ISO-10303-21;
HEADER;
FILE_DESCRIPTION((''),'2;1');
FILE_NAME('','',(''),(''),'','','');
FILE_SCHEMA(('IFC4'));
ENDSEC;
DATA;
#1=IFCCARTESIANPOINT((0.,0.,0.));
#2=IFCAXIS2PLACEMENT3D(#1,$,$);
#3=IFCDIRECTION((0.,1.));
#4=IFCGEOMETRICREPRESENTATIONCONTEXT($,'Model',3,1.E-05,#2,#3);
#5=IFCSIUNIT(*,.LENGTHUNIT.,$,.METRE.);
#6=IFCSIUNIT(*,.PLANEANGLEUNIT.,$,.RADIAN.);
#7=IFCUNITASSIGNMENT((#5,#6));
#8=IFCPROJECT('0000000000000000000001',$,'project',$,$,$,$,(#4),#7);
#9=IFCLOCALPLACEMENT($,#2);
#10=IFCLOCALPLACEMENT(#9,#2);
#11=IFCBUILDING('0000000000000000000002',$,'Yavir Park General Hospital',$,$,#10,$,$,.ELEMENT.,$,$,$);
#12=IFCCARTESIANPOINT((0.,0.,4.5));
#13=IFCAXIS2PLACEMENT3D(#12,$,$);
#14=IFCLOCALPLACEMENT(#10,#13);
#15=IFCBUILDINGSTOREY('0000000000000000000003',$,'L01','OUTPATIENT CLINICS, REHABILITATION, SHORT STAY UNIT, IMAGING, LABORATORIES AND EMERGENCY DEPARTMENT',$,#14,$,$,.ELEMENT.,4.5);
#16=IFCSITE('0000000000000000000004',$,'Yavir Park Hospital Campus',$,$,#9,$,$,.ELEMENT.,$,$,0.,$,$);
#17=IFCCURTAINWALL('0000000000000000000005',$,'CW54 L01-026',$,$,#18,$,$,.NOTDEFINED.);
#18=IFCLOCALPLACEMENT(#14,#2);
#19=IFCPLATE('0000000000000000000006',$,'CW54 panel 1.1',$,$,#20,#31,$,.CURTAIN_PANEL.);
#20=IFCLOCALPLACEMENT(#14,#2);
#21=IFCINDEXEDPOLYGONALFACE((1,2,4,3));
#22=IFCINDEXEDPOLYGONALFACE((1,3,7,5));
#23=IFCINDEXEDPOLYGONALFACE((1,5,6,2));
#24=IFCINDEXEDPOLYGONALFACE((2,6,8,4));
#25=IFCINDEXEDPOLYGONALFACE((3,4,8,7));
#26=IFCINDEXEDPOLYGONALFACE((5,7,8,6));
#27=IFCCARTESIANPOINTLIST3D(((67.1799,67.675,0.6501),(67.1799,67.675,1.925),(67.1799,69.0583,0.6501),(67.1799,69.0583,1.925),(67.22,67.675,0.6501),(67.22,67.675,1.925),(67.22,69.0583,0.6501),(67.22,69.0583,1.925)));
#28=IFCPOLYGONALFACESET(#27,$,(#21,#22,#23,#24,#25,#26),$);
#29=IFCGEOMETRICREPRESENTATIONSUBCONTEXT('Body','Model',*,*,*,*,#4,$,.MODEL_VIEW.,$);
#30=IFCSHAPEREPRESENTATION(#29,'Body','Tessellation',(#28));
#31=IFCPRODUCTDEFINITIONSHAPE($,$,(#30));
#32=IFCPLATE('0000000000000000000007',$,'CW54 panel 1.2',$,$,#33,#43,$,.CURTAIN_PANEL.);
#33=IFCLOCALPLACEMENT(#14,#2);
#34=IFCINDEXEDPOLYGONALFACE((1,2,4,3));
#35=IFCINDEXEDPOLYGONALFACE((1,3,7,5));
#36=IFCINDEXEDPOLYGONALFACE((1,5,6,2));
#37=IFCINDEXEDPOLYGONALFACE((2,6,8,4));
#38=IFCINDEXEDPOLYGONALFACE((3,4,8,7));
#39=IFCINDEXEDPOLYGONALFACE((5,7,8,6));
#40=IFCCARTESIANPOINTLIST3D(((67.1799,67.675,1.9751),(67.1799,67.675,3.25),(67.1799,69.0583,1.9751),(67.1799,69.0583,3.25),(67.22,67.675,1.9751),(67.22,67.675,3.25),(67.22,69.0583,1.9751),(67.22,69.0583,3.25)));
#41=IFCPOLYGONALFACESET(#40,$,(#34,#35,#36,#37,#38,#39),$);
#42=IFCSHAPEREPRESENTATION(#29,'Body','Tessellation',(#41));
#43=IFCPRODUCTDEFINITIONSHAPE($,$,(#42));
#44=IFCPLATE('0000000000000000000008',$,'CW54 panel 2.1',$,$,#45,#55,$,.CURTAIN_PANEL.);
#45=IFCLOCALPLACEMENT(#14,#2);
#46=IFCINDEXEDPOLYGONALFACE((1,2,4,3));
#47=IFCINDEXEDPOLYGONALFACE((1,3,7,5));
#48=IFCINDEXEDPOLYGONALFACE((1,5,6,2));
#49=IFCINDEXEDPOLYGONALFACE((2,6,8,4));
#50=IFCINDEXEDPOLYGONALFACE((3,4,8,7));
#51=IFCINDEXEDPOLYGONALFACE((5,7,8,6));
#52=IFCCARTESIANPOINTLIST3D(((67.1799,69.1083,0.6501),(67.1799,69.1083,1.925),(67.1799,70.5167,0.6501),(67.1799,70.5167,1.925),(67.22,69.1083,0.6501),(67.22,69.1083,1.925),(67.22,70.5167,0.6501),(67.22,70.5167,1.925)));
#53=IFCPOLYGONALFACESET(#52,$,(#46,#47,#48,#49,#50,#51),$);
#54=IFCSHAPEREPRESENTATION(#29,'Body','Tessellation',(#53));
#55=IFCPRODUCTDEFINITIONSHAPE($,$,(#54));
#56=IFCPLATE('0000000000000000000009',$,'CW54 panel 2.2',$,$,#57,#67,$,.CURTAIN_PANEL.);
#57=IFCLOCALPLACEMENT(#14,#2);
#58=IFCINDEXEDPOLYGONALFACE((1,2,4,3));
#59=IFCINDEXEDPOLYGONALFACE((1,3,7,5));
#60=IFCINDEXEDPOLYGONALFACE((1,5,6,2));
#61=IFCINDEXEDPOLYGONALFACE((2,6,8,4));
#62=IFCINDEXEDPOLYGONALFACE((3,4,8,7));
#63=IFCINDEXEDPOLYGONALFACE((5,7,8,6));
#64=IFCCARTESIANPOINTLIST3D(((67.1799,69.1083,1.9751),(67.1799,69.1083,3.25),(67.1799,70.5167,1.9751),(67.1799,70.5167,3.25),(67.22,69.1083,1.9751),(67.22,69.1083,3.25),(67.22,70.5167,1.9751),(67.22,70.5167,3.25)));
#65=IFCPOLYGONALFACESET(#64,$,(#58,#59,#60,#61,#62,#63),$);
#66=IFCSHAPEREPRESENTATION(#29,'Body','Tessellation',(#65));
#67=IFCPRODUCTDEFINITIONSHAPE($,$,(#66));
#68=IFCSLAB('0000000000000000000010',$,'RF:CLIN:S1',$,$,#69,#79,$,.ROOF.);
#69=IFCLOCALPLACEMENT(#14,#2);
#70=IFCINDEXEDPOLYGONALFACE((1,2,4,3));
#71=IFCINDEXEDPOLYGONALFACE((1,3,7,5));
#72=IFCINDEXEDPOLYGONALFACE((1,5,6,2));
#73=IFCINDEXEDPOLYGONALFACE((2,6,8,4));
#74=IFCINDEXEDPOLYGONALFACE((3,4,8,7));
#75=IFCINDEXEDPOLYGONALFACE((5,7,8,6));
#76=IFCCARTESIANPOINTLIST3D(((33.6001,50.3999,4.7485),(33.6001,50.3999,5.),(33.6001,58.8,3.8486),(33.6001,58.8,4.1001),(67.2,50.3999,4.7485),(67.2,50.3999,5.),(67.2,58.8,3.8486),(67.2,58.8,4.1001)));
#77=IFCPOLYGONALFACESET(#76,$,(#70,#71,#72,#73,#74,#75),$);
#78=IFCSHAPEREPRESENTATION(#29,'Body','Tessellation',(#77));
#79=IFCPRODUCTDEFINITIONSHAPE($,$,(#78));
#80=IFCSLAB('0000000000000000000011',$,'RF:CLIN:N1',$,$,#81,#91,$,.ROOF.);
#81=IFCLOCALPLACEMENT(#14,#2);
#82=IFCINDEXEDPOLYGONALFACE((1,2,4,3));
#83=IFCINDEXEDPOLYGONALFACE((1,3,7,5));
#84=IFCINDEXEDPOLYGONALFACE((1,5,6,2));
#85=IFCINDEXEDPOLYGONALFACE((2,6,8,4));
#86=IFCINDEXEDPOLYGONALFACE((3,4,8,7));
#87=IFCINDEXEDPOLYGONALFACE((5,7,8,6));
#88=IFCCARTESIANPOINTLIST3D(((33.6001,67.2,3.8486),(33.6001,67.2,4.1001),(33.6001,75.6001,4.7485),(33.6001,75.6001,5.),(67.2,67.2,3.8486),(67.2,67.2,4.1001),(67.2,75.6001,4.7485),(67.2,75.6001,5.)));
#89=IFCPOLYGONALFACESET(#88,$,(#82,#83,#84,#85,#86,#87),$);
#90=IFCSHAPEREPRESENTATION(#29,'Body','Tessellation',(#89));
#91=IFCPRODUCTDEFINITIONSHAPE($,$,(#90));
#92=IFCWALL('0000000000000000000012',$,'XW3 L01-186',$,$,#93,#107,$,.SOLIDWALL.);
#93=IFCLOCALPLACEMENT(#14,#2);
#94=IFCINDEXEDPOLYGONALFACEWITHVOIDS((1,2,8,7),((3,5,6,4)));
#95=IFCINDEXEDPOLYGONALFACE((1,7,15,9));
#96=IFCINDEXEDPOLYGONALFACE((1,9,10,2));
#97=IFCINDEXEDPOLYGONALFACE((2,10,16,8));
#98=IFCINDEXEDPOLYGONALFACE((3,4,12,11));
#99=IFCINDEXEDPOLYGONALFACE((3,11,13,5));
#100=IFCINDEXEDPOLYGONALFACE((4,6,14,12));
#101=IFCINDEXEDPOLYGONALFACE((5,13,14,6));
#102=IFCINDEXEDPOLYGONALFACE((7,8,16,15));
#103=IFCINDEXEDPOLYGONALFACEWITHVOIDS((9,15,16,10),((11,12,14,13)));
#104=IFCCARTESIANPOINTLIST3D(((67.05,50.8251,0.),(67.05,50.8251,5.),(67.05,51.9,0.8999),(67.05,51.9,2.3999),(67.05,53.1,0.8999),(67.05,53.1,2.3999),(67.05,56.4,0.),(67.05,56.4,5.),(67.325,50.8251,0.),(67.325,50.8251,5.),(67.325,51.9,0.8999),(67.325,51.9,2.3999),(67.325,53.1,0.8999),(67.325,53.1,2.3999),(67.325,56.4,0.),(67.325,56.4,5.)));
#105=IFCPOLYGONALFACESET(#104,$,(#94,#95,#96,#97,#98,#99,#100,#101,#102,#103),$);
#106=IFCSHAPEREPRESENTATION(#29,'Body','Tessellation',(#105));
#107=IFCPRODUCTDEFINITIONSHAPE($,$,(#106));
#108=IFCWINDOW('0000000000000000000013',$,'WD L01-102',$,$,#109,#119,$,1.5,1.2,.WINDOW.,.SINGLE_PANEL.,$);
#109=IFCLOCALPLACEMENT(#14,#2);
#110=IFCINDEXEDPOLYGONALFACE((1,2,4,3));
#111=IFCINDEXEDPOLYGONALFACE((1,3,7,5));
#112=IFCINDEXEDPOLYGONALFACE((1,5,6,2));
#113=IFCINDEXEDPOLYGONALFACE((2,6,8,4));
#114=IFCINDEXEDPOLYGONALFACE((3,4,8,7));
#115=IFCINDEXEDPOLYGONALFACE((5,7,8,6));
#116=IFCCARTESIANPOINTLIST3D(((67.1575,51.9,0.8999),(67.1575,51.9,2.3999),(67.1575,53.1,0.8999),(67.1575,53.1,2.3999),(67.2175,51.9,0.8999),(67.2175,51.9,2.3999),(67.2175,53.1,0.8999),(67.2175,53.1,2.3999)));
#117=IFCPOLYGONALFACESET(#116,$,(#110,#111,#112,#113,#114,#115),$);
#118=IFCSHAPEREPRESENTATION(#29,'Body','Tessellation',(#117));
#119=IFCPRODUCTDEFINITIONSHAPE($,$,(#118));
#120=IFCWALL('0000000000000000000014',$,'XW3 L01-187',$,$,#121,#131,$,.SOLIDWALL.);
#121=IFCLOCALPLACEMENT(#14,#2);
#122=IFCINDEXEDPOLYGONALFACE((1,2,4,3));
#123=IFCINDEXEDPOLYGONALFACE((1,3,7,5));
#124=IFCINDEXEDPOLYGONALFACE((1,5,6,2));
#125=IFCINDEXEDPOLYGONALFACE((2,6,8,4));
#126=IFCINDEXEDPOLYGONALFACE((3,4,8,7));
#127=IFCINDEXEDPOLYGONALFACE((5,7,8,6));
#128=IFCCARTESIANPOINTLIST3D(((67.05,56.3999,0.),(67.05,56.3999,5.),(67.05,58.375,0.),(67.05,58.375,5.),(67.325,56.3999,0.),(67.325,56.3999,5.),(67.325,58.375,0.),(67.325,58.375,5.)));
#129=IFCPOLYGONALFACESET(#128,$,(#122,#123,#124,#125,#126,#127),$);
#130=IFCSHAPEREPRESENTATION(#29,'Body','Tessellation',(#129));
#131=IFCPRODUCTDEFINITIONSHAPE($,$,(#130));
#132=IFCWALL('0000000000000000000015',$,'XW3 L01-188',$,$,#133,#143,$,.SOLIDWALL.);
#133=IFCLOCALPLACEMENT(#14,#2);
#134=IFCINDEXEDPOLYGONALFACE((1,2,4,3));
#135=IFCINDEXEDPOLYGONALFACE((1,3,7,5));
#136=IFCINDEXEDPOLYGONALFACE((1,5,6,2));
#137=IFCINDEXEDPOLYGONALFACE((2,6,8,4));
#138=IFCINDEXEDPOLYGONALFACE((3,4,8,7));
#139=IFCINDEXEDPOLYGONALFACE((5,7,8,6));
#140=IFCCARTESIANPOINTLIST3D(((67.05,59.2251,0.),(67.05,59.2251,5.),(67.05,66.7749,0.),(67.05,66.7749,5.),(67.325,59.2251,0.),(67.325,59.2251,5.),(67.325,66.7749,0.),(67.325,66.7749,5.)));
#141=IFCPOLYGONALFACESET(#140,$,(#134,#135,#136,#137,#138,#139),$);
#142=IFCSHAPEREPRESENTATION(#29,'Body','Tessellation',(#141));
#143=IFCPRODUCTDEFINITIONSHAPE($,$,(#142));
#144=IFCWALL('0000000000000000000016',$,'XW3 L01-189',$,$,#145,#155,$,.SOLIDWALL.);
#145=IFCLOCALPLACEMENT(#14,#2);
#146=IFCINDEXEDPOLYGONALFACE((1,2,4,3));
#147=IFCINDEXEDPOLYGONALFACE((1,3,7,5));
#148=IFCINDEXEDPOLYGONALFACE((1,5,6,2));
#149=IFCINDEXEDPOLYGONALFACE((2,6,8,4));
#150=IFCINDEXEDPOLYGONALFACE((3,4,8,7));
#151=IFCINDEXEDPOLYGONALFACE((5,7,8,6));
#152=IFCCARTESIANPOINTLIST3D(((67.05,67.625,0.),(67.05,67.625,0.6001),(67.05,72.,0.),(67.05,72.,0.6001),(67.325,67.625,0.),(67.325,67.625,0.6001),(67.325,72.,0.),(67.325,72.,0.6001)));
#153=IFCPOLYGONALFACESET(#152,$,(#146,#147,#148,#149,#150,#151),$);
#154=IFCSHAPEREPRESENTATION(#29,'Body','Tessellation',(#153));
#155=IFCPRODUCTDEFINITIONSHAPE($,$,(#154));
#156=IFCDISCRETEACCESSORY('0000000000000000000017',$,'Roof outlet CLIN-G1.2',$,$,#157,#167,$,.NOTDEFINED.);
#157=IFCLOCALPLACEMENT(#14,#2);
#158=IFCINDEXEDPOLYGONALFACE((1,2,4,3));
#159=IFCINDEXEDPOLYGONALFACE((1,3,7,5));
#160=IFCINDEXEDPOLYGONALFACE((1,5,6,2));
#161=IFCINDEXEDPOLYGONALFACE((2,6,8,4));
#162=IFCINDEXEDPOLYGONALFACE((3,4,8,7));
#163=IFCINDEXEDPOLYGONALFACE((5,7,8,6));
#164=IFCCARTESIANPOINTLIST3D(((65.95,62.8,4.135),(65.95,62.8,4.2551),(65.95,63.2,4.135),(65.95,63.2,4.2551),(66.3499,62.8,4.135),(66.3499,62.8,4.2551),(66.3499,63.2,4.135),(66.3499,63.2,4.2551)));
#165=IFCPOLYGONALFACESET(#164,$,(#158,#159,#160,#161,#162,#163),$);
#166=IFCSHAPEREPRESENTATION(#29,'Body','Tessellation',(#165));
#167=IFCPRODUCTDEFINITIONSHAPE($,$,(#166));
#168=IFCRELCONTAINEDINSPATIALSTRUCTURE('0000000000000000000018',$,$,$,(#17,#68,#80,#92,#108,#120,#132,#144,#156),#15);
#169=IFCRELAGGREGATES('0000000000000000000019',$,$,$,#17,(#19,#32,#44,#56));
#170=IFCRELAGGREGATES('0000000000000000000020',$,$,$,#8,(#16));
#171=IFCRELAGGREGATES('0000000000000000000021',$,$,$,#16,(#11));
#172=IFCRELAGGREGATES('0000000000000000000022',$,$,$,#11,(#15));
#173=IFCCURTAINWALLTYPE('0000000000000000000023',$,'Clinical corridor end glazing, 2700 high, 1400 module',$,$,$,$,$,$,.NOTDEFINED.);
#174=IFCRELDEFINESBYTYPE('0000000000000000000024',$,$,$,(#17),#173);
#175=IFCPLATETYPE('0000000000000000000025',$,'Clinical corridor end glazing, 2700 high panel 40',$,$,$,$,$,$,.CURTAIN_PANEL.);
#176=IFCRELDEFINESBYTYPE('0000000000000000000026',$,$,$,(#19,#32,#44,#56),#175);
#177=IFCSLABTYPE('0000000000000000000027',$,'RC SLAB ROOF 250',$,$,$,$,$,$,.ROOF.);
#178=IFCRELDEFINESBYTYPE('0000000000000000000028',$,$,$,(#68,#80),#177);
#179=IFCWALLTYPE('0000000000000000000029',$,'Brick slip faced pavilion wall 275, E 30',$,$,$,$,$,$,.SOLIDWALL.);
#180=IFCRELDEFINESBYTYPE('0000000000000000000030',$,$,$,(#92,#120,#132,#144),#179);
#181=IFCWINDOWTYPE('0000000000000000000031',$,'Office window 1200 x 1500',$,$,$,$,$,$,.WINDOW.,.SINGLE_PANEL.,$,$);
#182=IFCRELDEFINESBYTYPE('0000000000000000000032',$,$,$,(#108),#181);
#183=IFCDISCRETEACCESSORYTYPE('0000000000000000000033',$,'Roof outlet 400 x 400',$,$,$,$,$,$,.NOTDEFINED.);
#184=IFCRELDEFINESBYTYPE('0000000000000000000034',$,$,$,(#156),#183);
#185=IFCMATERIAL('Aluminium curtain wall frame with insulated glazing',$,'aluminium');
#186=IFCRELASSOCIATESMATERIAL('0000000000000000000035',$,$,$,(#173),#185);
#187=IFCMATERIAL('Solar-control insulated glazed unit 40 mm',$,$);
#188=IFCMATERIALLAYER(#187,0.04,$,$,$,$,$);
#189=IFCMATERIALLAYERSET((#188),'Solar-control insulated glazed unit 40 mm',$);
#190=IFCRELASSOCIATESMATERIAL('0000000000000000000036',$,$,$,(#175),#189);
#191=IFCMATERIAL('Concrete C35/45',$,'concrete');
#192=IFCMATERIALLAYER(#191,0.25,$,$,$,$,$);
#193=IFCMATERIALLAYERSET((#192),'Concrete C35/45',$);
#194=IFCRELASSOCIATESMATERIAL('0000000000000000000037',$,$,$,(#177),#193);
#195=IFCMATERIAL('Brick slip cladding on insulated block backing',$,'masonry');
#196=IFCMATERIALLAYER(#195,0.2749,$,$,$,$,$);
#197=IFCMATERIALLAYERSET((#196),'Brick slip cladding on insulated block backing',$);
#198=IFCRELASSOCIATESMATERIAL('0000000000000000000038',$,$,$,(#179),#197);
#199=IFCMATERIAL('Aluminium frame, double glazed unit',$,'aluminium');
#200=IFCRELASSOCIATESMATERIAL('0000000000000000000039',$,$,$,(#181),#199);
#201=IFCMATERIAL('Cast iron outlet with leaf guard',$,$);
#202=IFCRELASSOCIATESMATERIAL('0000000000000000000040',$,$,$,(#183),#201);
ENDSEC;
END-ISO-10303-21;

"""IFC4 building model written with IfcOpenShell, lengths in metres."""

from ifc_helpers import new_model, si_unit, direction, frame, frame_2d, origin, origin_2d, place, context, subcontext, project, spatial, polyline, rectangle, outline, extrude, material, layer, layer_set, type_object, element, fill, aggregate, save


model = new_model("IFC4")

# Units and contexts
model_context = context("Model", 3, precision=1e-05, world=origin(), true_north=direction((0.0, 1.0)))
body_context = subcontext(model_context, "Body", "Model", "MODEL_VIEW")
ifc_project = project(units=[si_unit("LENGTHUNIT", "METRE"), si_unit("PLANEANGLEUNIT", "RADIAN")], contexts=[model_context])

# Site, building, storey
site_placement = place(None, origin())
site = spatial("IfcSite", under=ifc_project, at=site_placement, Name="Yavir Park Hospital Campus", CompositionType="ELEMENT", RefElevation=0.0)
building_placement = place(site_placement, origin())
building = spatial("IfcBuilding", under=site, at=building_placement, Name="Yavir Park General Hospital", CompositionType="ELEMENT")
storey_placement = place(building_placement, frame((0.0, 0.0, 4.5)))
storey = spatial("IfcBuildingStorey", under=building, at=storey_placement, Name="L01", Description="OUTPATIENT CLINICS, REHABILITATION, SHORT STAY UNIT, IMAGING, LABORATORIES AND EMERGENCY DEPARTMENT", CompositionType="ELEMENT", Elevation=4.5)

# Curtain wall, plates
ifc_material_1 = material(Name="Aluminium curtain wall frame with insulated glazing", Category="aluminium")
curtain_wall_type = type_object("IfcCurtainWallType", Name="Clinical corridor end glazing, 2700 high, 1400 module", PredefinedType="NOTDEFINED", material=ifc_material_1)
curtain_wall_placement = place(storey_placement, origin())
curtain_wall = element("IfcCurtainWall", 1, at=curtain_wall_placement, inside=storey, type_object=curtain_wall_type, Name="CW54 L01-026", PredefinedType="NOTDEFINED")
ifc_material_2 = material(Name="Solar-control insulated glazed unit 40 mm")
ifc_layer_1 = layer(ifc_material_2, 0.04)
ifc_layer_set_1 = layer_set([ifc_layer_1], Name="Solar-control insulated glazed unit 40 mm")
plate_type = type_object("IfcPlateType", Name="Clinical corridor end glazing, 2700 high panel 40", PredefinedType="CURTAIN_PANEL", material=ifc_layer_set_1)
plate_1_placement = place(storey_placement, frame((67.2, 68.3667, 0.6501), z_axis=(0.0, 0.0, 1.0), x_axis=(0.0, 1.0, 0.0)))
plate_1 = element("IfcPlate", 2, at=plate_1_placement, type_object=plate_type, Name="CW54 panel 1.1", PredefinedType="CURTAIN_PANEL", context=body_context, shape_type="SweptSolid", body=[
    extrude(rectangle(XDim=1.3833, YDim=0.04, at=origin_2d()), origin(), (0.0, 0.0, 1.0), 1.2749),
])
plate_2_placement = place(storey_placement, frame((67.2, 68.3667, 1.9751), z_axis=(0.0, 0.0, 1.0), x_axis=(0.0, 1.0, 0.0)))
plate_2 = element("IfcPlate", 3, at=plate_2_placement, type_object=plate_type, Name="CW54 panel 1.2", PredefinedType="CURTAIN_PANEL", context=body_context, shape_type="SweptSolid", body=[
    extrude(rectangle(XDim=1.3833, YDim=0.04, at=origin_2d()), origin(), (0.0, 0.0, 1.0), 1.2749),
])
plate_3_placement = place(storey_placement, frame((67.2, 69.8125, 0.6501), z_axis=(0.0, 0.0, 1.0), x_axis=(0.0, 1.0, 0.0)))
plate_3 = element("IfcPlate", 4, at=plate_3_placement, type_object=plate_type, Name="CW54 panel 2.1", PredefinedType="CURTAIN_PANEL", context=body_context, shape_type="SweptSolid", body=[
    extrude(rectangle(XDim=1.4084, YDim=0.04, at=origin_2d()), origin(), (0.0, 0.0, 1.0), 1.2749),
])
plate_4_placement = place(storey_placement, frame((67.2, 69.8125, 1.9751), z_axis=(0.0, 0.0, 1.0), x_axis=(0.0, 1.0, 0.0)))
plate_4 = element("IfcPlate", 5, at=plate_4_placement, type_object=plate_type, Name="CW54 panel 2.2", PredefinedType="CURTAIN_PANEL", context=body_context, shape_type="SweptSolid", body=[
    extrude(rectangle(XDim=1.4084, YDim=0.04, at=origin_2d()), origin(), (0.0, 0.0, 1.0), 1.2749),
])
aggregate(curtain_wall, [plate_1, plate_2, plate_3, plate_4])

# Slabs
ifc_material_3 = material(Name="Concrete C35/45", Category="concrete")
ifc_layer_2 = layer(ifc_material_3, 0.25)
ifc_layer_set_2 = layer_set([ifc_layer_2], Name="Concrete C35/45")
slab_type = type_object("IfcSlabType", Name="RC SLAB ROOF 250", PredefinedType="ROOF", material=ifc_layer_set_2)
slab_1_placement = place(storey_placement, frame((67.2, 50.3999, 5.0), z_axis=(0.0, 0.0, 1.0), x_axis=(0.0, 1.0, 0.0)))
element("IfcSlab", 6, at=slab_1_placement, inside=storey, type_object=slab_type, Name="RF:CLIN:S1", PredefinedType="ROOF", context=body_context, shape_type="SweptSolid", body=[
    extrude(outline(polyline([(0.0, 0.0), (8.4001, -0.8999), (8.4001, -1.1514), (0.0, -0.2515), (0.0, 0.0)])), frame((0.0, 33.5999, 0.0), z_axis=(0.0, -1.0, 0.0), x_axis=(1.0, 0.0, 0.0)), (0.0, 0.0, 1.0), 33.5999),
])
slab_2_placement = place(storey_placement, frame((67.2, 67.2, 4.1001), z_axis=(0.0, 0.0, 1.0), x_axis=(0.0, 1.0, 0.0)))
element("IfcSlab", 7, at=slab_2_placement, inside=storey, type_object=slab_type, Name="RF:CLIN:N1", PredefinedType="ROOF", context=body_context, shape_type="SweptSolid", body=[
    extrude(outline(polyline([(0.0, 0.0), (8.4001, 0.8999), (8.4001, 0.6484), (0.0, -0.2515), (0.0, 0.0)])), frame((0.0, 33.5999, 0.0), z_axis=(0.0, -1.0, 0.0), x_axis=(1.0, 0.0, 0.0)), (0.0, 0.0, 1.0), 33.5999),
])

# Wall, opening, window
ifc_material_4 = material(Name="Brick slip cladding on insulated block backing", Category="masonry")
ifc_layer_3 = layer(ifc_material_4, 0.2749)
ifc_layer_set_3 = layer_set([ifc_layer_3], Name="Brick slip cladding on insulated block backing")
wall_type = type_object("IfcWallType", Name="Brick slip faced pavilion wall 275, E 30", PredefinedType="SOLIDWALL", material=ifc_layer_set_3)
wall_1_placement = place(storey_placement, frame((67.1875, 50.825, 0.0), z_axis=(0.0, 0.0, 1.0), x_axis=(0.0, 1.0, 0.0)))
wall_1 = element("IfcWall", 8, at=wall_1_placement, inside=storey, type_object=wall_type, Name="XW3 L01-186", PredefinedType="SOLIDWALL", context=body_context, shape_type="SweptSolid", body=[
    extrude(rectangle(XDim=5.575, YDim=0.2749, at=frame_2d((2.7876, 0.0))), origin(), (0.0, 0.0, 1.0), 5.0),
])
opening_placement = place(wall_1_placement, frame((1.075, 0.0, 0.8999)))
opening = element("IfcOpeningElement", 9, at=opening_placement, cuts=wall_1, PredefinedType="OPENING", context=body_context, shape_type="SweptSolid", body=[
    extrude(rectangle(XDim=1.2, YDim=1.5, at=frame_2d((0.6001, 0.75))), frame((0.0, 0.1475, 0.0), z_axis=(0.0, -1.0, 0.0), x_axis=(1.0, 0.0, 0.0)), (0.0, 0.0, 1.0), 0.2949),
])
ifc_material_5 = material(Name="Aluminium frame, double glazed unit", Category="aluminium")
window_type = type_object("IfcWindowType", Name="Office window 1200 x 1500", PartitioningType="SINGLE_PANEL", PredefinedType="WINDOW", material=ifc_material_5)
window_placement = place(opening_placement, origin())
window = element("IfcWindow", 10, at=window_placement, inside=storey, type_object=window_type, Name="WD L01-102", OverallHeight=1.5, OverallWidth=1.2, PartitioningType="SINGLE_PANEL", PredefinedType="WINDOW", context=body_context, shape_type="SweptSolid", body=[
    extrude(rectangle(XDim=1.2, YDim=1.5, at=frame_2d((0.6001, 0.75))), frame((0.0, 0.03, 0.0), z_axis=(0.0, -1.0, 0.0), x_axis=(1.0, 0.0, 0.0)), (0.0, 0.0, 1.0), 0.0601),
])
fill(opening, window)

# Walls
wall_2_placement = place(storey_placement, frame((67.1875, 56.3999, 0.0), z_axis=(0.0, 0.0, 1.0), x_axis=(0.0, 1.0, 0.0)))
element("IfcWall", 11, at=wall_2_placement, inside=storey, type_object=wall_type, Name="XW3 L01-187", PredefinedType="SOLIDWALL", context=body_context, shape_type="SweptSolid", body=[
    extrude(rectangle(XDim=1.9751, YDim=0.2749, at=frame_2d((0.9875, 0.0))), origin(), (0.0, 0.0, 1.0), 5.0),
])
wall_3_placement = place(storey_placement, frame((67.1875, 59.2251, 0.0), z_axis=(0.0, 0.0, 1.0), x_axis=(0.0, 1.0, 0.0)))
element("IfcWall", 12, at=wall_3_placement, inside=storey, type_object=wall_type, Name="XW3 L01-188", PredefinedType="SOLIDWALL", context=body_context, shape_type="SweptSolid", body=[
    extrude(rectangle(XDim=7.5498, YDim=0.2749, at=frame_2d((3.7749, 0.0))), origin(), (0.0, 0.0, 1.0), 5.0),
])
wall_4_placement = place(storey_placement, frame((67.1875, 67.625, 0.0), z_axis=(0.0, 0.0, 1.0), x_axis=(0.0, 1.0, 0.0)))
element("IfcWall", 13, at=wall_4_placement, inside=storey, type_object=wall_type, Name="XW3 L01-189", PredefinedType="SOLIDWALL", context=body_context, shape_type="SweptSolid", body=[
    extrude(rectangle(XDim=4.375, YDim=0.2749, at=frame_2d((2.1875, 0.0))), origin(), (0.0, 0.0, 1.0), 0.6001),
])

# Discrete accessory
ifc_material_6 = material(Name="Cast iron outlet with leaf guard")
discrete_accessory_type = type_object("IfcDiscreteAccessoryType", Name="Roof outlet 400 x 400", PredefinedType="NOTDEFINED", material=ifc_material_6)
discrete_accessory_placement = place(storey_placement, frame((66.1499, 63.0, 4.135), z_axis=(0.0, 0.0, 1.0), x_axis=(1.0, 0.0, 0.0)))
element("IfcDiscreteAccessory", 14, at=discrete_accessory_placement, inside=storey, type_object=discrete_accessory_type, Name="Roof outlet CLIN-G1.2", PredefinedType="NOTDEFINED", context=body_context, shape_type="SweptSolid", body=[
    extrude(rectangle(XDim=0.3999, YDim=0.3999, at=origin_2d()), origin(), (0.0, 0.0, 1.0), 0.1201),
])

save(model, "model.ifc")
